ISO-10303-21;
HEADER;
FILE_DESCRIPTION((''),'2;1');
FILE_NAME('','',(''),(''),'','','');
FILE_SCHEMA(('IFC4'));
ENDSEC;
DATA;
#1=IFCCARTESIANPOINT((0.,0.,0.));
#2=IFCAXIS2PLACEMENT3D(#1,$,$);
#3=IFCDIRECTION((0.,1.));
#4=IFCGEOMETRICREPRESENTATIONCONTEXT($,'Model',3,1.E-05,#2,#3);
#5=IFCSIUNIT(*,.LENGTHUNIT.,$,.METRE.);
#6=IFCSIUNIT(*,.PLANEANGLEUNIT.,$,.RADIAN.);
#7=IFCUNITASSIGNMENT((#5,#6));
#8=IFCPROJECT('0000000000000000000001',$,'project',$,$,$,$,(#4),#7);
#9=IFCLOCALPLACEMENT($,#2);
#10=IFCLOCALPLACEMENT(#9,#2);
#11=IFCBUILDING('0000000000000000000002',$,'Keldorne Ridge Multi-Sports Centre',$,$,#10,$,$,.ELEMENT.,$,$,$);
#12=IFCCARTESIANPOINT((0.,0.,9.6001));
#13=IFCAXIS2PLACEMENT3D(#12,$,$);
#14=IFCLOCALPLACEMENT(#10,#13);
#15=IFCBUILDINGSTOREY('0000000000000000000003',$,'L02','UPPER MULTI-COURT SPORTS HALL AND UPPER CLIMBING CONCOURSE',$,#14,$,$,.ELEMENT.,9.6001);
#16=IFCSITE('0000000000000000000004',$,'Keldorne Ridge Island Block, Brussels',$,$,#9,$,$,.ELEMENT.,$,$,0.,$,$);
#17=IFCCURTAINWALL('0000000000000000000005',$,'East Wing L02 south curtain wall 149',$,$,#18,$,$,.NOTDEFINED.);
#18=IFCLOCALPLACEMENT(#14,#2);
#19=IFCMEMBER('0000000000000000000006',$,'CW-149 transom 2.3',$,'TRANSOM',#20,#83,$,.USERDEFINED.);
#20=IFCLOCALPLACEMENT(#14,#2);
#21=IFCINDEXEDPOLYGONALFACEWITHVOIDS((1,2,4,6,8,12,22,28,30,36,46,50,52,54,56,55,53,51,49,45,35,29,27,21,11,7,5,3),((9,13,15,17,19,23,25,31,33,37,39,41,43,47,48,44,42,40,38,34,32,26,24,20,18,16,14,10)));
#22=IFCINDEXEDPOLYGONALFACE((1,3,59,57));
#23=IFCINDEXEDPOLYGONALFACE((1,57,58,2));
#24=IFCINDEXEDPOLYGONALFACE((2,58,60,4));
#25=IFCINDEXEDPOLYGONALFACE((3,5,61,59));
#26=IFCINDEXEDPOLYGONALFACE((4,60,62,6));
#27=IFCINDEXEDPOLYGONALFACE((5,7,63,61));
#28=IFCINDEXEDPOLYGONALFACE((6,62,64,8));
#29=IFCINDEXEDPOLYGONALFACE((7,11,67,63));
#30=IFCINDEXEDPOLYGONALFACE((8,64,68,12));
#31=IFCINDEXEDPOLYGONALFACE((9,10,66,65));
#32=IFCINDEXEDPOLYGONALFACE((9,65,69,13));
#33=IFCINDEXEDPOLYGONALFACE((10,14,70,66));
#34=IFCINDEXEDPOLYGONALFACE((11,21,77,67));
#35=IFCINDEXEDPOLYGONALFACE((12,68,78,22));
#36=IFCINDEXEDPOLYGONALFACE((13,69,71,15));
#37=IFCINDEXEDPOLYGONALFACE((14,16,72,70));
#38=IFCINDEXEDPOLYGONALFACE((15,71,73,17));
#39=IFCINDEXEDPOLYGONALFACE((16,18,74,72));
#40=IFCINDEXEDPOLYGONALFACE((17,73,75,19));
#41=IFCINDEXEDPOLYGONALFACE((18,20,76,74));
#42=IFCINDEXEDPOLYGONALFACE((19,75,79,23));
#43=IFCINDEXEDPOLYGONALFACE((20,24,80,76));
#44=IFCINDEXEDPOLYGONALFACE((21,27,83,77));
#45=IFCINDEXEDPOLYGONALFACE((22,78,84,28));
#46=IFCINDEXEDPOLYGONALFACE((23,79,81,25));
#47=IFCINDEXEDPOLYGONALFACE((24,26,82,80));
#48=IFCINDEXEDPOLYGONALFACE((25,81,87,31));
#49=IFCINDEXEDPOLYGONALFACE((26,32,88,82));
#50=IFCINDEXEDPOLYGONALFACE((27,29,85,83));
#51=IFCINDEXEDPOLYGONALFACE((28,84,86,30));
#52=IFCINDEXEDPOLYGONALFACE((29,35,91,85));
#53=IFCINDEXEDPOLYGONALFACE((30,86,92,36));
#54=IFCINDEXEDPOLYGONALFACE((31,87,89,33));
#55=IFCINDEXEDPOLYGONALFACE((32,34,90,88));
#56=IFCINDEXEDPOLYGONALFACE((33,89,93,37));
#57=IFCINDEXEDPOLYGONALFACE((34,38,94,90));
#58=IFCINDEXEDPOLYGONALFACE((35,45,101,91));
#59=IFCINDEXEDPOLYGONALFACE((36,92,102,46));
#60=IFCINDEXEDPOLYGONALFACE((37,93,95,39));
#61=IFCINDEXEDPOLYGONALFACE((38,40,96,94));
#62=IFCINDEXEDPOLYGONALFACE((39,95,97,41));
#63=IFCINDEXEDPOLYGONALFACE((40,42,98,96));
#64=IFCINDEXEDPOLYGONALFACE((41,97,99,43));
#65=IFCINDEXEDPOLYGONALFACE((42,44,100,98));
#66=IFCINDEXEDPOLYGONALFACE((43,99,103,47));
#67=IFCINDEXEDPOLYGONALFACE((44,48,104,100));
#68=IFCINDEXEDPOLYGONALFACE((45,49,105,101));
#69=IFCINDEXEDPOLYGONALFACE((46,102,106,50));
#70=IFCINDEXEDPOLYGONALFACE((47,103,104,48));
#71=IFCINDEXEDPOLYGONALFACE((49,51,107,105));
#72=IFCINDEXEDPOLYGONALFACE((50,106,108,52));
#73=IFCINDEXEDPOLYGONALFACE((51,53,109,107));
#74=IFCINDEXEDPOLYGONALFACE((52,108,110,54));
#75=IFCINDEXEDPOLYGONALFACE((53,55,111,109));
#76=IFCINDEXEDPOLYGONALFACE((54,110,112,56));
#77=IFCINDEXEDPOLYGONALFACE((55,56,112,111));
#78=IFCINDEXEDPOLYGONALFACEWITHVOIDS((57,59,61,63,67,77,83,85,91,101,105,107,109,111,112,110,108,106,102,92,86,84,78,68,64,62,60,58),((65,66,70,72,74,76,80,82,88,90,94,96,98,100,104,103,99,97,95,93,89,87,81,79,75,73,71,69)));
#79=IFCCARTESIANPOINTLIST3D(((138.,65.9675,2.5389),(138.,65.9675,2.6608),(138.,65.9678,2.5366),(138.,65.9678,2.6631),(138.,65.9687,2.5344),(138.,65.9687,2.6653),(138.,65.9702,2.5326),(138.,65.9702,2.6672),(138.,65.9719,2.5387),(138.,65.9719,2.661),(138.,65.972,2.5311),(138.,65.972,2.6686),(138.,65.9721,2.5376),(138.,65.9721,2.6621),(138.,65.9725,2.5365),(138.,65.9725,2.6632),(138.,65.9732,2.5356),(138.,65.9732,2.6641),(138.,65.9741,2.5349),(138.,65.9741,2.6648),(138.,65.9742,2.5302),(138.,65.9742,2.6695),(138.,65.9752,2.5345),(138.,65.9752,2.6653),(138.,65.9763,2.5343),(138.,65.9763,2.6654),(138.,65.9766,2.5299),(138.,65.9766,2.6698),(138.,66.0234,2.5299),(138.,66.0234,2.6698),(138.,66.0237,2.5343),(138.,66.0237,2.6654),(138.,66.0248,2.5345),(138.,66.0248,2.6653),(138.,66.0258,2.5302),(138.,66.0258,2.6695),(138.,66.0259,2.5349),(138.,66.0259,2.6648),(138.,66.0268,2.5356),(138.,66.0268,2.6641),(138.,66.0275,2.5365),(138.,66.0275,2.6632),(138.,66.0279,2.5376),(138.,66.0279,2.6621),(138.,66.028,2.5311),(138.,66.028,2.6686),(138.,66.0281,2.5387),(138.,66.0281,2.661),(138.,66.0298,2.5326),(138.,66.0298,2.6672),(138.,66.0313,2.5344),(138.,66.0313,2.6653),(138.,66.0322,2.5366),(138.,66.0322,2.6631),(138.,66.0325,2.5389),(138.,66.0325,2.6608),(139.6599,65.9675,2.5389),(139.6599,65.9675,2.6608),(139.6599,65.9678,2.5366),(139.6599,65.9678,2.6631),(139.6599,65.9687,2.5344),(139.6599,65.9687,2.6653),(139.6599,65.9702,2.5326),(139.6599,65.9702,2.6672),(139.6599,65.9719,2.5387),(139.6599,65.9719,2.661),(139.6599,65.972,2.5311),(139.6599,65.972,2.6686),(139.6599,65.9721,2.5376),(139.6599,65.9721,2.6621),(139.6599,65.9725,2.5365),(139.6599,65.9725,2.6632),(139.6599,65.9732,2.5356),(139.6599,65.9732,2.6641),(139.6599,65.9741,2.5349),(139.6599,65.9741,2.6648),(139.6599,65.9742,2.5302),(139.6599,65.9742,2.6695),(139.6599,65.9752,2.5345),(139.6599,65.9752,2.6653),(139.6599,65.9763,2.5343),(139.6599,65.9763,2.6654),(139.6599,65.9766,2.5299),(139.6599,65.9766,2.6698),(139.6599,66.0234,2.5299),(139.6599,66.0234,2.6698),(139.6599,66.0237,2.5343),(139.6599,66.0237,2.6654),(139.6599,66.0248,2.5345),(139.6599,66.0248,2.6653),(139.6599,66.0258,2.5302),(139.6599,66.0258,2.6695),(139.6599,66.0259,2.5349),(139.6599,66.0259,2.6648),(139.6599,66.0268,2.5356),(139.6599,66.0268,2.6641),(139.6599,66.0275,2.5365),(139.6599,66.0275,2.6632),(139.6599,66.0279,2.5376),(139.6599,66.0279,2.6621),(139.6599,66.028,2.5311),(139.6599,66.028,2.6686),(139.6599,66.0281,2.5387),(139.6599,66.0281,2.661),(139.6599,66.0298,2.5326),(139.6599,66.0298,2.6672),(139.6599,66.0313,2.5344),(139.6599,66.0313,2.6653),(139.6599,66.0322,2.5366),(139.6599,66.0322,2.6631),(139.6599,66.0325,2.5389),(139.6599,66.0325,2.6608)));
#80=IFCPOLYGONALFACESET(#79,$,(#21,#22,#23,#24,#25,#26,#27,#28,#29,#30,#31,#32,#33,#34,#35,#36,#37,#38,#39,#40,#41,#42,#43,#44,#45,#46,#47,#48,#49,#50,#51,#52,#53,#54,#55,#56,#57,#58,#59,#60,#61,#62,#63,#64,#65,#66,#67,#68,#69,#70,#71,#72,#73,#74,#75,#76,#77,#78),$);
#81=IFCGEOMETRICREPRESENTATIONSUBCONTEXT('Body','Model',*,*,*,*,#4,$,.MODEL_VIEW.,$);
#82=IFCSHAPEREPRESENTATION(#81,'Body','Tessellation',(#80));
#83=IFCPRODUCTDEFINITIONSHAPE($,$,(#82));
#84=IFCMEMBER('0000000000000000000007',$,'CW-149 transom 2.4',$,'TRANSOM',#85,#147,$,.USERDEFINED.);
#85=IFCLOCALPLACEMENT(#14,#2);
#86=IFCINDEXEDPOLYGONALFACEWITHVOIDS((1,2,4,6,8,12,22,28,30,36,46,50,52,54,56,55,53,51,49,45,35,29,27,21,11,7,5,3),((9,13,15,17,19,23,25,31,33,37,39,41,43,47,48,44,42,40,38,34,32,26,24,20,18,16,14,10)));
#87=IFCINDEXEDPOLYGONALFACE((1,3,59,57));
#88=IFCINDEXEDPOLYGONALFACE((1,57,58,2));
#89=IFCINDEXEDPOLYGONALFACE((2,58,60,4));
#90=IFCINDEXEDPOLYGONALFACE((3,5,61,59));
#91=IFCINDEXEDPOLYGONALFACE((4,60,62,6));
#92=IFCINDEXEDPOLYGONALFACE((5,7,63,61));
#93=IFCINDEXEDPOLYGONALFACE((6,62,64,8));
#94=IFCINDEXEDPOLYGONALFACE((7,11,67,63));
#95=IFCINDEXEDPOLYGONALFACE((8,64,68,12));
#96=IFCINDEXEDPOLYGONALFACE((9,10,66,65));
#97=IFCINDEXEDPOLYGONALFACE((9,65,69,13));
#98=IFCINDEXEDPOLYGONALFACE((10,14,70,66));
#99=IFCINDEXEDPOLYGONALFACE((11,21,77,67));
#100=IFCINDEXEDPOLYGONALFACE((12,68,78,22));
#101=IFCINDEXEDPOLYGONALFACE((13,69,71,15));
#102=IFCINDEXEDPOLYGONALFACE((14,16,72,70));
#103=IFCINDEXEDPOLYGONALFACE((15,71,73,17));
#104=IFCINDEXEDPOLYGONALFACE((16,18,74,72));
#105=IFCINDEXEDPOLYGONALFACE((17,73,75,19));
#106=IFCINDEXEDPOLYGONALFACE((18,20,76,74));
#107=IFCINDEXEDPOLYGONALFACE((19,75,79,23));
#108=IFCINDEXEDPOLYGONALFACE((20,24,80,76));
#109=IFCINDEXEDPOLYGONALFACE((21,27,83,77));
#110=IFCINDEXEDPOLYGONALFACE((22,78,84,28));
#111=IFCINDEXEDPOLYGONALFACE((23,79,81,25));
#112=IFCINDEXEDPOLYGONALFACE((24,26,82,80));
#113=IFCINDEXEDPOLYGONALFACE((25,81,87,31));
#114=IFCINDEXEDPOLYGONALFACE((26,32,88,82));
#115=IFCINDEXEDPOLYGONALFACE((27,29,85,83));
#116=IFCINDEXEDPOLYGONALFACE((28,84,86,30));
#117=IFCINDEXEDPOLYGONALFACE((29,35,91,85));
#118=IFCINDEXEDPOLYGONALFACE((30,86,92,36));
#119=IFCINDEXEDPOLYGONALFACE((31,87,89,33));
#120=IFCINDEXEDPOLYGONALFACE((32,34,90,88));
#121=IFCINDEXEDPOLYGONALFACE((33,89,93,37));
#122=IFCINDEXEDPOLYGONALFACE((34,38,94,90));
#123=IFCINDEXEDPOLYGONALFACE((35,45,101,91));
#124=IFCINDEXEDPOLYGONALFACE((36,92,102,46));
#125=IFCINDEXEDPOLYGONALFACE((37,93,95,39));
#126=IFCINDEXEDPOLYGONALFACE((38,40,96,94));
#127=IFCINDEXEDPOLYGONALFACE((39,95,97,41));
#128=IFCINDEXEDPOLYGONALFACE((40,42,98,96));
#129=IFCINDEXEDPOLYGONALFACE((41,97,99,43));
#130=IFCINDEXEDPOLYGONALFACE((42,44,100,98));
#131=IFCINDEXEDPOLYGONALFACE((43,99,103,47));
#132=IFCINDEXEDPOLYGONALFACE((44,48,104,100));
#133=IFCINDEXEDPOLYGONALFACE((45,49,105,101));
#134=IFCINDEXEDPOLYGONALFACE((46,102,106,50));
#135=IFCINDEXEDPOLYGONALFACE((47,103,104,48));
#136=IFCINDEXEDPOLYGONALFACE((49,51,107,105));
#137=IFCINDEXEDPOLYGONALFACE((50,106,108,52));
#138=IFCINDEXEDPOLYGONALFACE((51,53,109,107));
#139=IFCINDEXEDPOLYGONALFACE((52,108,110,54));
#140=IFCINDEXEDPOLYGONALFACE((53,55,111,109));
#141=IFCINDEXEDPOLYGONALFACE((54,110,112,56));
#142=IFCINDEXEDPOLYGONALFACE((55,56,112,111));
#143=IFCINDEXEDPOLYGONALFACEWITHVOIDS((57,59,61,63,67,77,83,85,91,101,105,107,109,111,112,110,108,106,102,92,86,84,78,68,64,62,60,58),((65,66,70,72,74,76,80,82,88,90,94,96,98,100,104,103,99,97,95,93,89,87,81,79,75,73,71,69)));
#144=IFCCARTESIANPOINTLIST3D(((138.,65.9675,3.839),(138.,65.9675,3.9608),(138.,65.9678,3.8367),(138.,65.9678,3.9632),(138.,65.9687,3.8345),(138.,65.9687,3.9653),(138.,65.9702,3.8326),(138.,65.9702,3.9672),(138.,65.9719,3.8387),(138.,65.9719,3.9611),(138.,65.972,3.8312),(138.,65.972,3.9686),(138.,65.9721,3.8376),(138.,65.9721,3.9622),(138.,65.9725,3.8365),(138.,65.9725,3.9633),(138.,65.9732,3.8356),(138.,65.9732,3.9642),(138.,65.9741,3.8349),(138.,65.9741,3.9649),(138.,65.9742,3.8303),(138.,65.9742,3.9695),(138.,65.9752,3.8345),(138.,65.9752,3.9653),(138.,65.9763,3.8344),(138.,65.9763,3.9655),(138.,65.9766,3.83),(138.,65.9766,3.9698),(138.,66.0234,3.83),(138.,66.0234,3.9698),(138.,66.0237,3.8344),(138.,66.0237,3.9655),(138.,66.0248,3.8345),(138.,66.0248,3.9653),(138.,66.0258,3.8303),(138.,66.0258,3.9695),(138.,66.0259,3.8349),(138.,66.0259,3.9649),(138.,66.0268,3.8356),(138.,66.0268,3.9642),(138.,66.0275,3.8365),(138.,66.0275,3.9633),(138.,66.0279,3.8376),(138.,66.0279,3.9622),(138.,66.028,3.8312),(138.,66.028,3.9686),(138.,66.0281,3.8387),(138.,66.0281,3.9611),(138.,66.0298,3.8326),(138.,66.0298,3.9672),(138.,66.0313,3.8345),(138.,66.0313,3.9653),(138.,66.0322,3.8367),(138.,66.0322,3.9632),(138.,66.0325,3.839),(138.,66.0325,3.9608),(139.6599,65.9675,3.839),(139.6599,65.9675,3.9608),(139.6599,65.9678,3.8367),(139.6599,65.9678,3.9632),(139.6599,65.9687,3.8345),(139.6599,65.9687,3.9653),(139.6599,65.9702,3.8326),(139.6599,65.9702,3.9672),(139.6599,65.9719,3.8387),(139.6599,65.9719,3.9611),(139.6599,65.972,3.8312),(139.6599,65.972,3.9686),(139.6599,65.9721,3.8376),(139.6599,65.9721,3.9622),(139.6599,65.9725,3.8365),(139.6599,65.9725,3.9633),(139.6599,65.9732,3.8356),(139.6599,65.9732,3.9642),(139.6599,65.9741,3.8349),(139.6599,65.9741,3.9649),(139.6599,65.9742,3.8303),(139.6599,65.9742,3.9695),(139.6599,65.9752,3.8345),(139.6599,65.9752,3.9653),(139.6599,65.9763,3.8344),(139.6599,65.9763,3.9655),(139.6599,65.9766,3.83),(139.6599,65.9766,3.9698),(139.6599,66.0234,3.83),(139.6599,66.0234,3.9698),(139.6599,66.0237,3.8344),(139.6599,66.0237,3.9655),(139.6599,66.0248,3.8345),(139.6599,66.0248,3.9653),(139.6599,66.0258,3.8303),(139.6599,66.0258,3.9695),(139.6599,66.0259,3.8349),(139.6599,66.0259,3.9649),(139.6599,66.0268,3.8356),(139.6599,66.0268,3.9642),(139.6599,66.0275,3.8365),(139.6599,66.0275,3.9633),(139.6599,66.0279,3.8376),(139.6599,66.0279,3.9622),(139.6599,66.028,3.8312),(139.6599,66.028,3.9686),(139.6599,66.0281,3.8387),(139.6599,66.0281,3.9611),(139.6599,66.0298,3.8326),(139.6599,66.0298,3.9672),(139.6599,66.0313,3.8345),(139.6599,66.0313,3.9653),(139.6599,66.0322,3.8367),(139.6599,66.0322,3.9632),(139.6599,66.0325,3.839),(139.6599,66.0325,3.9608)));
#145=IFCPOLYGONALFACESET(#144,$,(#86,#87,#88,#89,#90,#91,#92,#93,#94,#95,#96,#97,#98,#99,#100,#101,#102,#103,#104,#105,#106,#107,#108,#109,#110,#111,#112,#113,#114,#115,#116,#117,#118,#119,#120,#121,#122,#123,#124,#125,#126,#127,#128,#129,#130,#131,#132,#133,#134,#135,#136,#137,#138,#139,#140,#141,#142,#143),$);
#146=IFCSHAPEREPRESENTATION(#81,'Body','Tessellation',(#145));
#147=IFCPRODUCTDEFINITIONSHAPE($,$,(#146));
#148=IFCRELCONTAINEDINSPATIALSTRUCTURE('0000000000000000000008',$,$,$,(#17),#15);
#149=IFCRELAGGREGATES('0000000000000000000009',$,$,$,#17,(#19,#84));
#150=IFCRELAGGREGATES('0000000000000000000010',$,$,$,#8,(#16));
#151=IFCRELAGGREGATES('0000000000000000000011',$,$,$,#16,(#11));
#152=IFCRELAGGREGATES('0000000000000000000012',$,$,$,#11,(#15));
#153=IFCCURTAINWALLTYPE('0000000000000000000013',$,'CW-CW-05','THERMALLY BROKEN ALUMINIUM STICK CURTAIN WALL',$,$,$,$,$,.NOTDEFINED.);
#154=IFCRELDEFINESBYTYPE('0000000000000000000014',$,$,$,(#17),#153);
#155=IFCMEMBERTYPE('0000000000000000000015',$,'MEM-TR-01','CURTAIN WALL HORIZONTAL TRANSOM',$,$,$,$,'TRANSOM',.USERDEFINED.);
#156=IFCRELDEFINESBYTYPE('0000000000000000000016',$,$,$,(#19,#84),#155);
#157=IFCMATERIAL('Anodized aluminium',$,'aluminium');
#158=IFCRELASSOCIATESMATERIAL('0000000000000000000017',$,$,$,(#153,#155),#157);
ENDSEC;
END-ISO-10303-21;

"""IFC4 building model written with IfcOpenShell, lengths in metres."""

from ifc_helpers import new_model, si_unit, direction, frame, origin, origin_2d, place, context, subcontext, project, spatial, hollow_rectangle, extrude, material, material_profile, profile_set, type_object, element, aggregate, save


model = new_model("IFC4")

# Units and contexts
model_context = context("Model", 3, precision=1e-05, world=origin(), true_north=direction((0.0, 1.0)))
body_context = subcontext(model_context, "Body", "Model", "MODEL_VIEW")
ifc_project = project(units=[si_unit("LENGTHUNIT", "METRE"), si_unit("PLANEANGLEUNIT", "RADIAN")], contexts=[model_context])

# Site, building, storey
site_placement = place(None, origin())
site = spatial("IfcSite", under=ifc_project, at=site_placement, Name="Keldorne Ridge Island Block, Brussels", CompositionType="ELEMENT", RefElevation=0.0)
building_placement = place(site_placement, origin())
building = spatial("IfcBuilding", under=site, at=building_placement, Name="Keldorne Ridge Multi-Sports Centre", CompositionType="ELEMENT")
storey_placement = place(building_placement, frame((0.0, 0.0, 9.6001)))
storey = spatial("IfcBuildingStorey", under=building, at=storey_placement, Name="L02", Description="UPPER MULTI-COURT SPORTS HALL AND UPPER CLIMBING CONCOURSE", CompositionType="ELEMENT", Elevation=9.6001)

# Curtain wall
ifc_material_1 = material(Name="Anodized aluminium", Category="aluminium")
curtain_wall_type_1 = type_object("IfcCurtainWallType", Name="CW-CW-05", Description="THERMALLY BROKEN ALUMINIUM STICK CURTAIN WALL", PredefinedType="NOTDEFINED", material=ifc_material_1)
curtain_wall_1_placement = place(storey_placement, origin())
curtain_wall_1 = element("IfcCurtainWall", 1, at=curtain_wall_1_placement, inside=storey, type_object=curtain_wall_type_1, Name="East Wing L02 south curtain wall 149", PredefinedType="NOTDEFINED")

# Shared definitions
ifc_material_profile_1 = material_profile(ifc_material_1, hollow_rectangle(XDim=0.0649, YDim=0.1399, WallThickness=0.0044, InnerFilletRadius=0.0044, OuterFilletRadius=0.009, at=origin_2d()), Name="ALU TRANSOM 140x65x4.5")
ifc_profile_set_1 = profile_set([ifc_material_profile_1], Name="Anodized aluminium")
member_type_1 = type_object("IfcMemberType", Name="MEM-TR-01", Description="CURTAIN WALL HORIZONTAL TRANSOM", ElementType="TRANSOM", PredefinedType="USERDEFINED", material=ifc_profile_set_1)

# Members
member_1_placement = place(storey_placement, frame((138.0, 66.0, 2.5999), z_axis=(1.0, 0.0, 0.0), x_axis=(0.0, 1.0, 0.0)))
member_1 = element("IfcMember", 2, at=member_1_placement, type_object=member_type_1, Name="CW-149 transom 2.3", ObjectType="TRANSOM", PredefinedType="USERDEFINED", context=body_context, shape_type="SweptSolid", body=[
    extrude(hollow_rectangle(XDim=0.0649, YDim=0.1399, WallThickness=0.0044, InnerFilletRadius=0.0044, OuterFilletRadius=0.009, at=origin_2d()), origin(), (0.0, 0.0, 1.0), 1.6599),
])
member_2_placement = place(storey_placement, frame((138.0, 66.0, 3.8999), z_axis=(1.0, 0.0, 0.0), x_axis=(0.0, 1.0, 0.0)))
member_2 = element("IfcMember", 3, at=member_2_placement, type_object=member_type_1, Name="CW-149 transom 2.4", ObjectType="TRANSOM", PredefinedType="USERDEFINED", context=body_context, shape_type="SweptSolid", body=[
    extrude(hollow_rectangle(XDim=0.0649, YDim=0.1399, WallThickness=0.0044, InnerFilletRadius=0.0044, OuterFilletRadius=0.009, at=origin_2d()), origin(), (0.0, 0.0, 1.0), 1.6599),
])

aggregate(curtain_wall_1, [member_1, member_2])

save(model, "model.ifc")
